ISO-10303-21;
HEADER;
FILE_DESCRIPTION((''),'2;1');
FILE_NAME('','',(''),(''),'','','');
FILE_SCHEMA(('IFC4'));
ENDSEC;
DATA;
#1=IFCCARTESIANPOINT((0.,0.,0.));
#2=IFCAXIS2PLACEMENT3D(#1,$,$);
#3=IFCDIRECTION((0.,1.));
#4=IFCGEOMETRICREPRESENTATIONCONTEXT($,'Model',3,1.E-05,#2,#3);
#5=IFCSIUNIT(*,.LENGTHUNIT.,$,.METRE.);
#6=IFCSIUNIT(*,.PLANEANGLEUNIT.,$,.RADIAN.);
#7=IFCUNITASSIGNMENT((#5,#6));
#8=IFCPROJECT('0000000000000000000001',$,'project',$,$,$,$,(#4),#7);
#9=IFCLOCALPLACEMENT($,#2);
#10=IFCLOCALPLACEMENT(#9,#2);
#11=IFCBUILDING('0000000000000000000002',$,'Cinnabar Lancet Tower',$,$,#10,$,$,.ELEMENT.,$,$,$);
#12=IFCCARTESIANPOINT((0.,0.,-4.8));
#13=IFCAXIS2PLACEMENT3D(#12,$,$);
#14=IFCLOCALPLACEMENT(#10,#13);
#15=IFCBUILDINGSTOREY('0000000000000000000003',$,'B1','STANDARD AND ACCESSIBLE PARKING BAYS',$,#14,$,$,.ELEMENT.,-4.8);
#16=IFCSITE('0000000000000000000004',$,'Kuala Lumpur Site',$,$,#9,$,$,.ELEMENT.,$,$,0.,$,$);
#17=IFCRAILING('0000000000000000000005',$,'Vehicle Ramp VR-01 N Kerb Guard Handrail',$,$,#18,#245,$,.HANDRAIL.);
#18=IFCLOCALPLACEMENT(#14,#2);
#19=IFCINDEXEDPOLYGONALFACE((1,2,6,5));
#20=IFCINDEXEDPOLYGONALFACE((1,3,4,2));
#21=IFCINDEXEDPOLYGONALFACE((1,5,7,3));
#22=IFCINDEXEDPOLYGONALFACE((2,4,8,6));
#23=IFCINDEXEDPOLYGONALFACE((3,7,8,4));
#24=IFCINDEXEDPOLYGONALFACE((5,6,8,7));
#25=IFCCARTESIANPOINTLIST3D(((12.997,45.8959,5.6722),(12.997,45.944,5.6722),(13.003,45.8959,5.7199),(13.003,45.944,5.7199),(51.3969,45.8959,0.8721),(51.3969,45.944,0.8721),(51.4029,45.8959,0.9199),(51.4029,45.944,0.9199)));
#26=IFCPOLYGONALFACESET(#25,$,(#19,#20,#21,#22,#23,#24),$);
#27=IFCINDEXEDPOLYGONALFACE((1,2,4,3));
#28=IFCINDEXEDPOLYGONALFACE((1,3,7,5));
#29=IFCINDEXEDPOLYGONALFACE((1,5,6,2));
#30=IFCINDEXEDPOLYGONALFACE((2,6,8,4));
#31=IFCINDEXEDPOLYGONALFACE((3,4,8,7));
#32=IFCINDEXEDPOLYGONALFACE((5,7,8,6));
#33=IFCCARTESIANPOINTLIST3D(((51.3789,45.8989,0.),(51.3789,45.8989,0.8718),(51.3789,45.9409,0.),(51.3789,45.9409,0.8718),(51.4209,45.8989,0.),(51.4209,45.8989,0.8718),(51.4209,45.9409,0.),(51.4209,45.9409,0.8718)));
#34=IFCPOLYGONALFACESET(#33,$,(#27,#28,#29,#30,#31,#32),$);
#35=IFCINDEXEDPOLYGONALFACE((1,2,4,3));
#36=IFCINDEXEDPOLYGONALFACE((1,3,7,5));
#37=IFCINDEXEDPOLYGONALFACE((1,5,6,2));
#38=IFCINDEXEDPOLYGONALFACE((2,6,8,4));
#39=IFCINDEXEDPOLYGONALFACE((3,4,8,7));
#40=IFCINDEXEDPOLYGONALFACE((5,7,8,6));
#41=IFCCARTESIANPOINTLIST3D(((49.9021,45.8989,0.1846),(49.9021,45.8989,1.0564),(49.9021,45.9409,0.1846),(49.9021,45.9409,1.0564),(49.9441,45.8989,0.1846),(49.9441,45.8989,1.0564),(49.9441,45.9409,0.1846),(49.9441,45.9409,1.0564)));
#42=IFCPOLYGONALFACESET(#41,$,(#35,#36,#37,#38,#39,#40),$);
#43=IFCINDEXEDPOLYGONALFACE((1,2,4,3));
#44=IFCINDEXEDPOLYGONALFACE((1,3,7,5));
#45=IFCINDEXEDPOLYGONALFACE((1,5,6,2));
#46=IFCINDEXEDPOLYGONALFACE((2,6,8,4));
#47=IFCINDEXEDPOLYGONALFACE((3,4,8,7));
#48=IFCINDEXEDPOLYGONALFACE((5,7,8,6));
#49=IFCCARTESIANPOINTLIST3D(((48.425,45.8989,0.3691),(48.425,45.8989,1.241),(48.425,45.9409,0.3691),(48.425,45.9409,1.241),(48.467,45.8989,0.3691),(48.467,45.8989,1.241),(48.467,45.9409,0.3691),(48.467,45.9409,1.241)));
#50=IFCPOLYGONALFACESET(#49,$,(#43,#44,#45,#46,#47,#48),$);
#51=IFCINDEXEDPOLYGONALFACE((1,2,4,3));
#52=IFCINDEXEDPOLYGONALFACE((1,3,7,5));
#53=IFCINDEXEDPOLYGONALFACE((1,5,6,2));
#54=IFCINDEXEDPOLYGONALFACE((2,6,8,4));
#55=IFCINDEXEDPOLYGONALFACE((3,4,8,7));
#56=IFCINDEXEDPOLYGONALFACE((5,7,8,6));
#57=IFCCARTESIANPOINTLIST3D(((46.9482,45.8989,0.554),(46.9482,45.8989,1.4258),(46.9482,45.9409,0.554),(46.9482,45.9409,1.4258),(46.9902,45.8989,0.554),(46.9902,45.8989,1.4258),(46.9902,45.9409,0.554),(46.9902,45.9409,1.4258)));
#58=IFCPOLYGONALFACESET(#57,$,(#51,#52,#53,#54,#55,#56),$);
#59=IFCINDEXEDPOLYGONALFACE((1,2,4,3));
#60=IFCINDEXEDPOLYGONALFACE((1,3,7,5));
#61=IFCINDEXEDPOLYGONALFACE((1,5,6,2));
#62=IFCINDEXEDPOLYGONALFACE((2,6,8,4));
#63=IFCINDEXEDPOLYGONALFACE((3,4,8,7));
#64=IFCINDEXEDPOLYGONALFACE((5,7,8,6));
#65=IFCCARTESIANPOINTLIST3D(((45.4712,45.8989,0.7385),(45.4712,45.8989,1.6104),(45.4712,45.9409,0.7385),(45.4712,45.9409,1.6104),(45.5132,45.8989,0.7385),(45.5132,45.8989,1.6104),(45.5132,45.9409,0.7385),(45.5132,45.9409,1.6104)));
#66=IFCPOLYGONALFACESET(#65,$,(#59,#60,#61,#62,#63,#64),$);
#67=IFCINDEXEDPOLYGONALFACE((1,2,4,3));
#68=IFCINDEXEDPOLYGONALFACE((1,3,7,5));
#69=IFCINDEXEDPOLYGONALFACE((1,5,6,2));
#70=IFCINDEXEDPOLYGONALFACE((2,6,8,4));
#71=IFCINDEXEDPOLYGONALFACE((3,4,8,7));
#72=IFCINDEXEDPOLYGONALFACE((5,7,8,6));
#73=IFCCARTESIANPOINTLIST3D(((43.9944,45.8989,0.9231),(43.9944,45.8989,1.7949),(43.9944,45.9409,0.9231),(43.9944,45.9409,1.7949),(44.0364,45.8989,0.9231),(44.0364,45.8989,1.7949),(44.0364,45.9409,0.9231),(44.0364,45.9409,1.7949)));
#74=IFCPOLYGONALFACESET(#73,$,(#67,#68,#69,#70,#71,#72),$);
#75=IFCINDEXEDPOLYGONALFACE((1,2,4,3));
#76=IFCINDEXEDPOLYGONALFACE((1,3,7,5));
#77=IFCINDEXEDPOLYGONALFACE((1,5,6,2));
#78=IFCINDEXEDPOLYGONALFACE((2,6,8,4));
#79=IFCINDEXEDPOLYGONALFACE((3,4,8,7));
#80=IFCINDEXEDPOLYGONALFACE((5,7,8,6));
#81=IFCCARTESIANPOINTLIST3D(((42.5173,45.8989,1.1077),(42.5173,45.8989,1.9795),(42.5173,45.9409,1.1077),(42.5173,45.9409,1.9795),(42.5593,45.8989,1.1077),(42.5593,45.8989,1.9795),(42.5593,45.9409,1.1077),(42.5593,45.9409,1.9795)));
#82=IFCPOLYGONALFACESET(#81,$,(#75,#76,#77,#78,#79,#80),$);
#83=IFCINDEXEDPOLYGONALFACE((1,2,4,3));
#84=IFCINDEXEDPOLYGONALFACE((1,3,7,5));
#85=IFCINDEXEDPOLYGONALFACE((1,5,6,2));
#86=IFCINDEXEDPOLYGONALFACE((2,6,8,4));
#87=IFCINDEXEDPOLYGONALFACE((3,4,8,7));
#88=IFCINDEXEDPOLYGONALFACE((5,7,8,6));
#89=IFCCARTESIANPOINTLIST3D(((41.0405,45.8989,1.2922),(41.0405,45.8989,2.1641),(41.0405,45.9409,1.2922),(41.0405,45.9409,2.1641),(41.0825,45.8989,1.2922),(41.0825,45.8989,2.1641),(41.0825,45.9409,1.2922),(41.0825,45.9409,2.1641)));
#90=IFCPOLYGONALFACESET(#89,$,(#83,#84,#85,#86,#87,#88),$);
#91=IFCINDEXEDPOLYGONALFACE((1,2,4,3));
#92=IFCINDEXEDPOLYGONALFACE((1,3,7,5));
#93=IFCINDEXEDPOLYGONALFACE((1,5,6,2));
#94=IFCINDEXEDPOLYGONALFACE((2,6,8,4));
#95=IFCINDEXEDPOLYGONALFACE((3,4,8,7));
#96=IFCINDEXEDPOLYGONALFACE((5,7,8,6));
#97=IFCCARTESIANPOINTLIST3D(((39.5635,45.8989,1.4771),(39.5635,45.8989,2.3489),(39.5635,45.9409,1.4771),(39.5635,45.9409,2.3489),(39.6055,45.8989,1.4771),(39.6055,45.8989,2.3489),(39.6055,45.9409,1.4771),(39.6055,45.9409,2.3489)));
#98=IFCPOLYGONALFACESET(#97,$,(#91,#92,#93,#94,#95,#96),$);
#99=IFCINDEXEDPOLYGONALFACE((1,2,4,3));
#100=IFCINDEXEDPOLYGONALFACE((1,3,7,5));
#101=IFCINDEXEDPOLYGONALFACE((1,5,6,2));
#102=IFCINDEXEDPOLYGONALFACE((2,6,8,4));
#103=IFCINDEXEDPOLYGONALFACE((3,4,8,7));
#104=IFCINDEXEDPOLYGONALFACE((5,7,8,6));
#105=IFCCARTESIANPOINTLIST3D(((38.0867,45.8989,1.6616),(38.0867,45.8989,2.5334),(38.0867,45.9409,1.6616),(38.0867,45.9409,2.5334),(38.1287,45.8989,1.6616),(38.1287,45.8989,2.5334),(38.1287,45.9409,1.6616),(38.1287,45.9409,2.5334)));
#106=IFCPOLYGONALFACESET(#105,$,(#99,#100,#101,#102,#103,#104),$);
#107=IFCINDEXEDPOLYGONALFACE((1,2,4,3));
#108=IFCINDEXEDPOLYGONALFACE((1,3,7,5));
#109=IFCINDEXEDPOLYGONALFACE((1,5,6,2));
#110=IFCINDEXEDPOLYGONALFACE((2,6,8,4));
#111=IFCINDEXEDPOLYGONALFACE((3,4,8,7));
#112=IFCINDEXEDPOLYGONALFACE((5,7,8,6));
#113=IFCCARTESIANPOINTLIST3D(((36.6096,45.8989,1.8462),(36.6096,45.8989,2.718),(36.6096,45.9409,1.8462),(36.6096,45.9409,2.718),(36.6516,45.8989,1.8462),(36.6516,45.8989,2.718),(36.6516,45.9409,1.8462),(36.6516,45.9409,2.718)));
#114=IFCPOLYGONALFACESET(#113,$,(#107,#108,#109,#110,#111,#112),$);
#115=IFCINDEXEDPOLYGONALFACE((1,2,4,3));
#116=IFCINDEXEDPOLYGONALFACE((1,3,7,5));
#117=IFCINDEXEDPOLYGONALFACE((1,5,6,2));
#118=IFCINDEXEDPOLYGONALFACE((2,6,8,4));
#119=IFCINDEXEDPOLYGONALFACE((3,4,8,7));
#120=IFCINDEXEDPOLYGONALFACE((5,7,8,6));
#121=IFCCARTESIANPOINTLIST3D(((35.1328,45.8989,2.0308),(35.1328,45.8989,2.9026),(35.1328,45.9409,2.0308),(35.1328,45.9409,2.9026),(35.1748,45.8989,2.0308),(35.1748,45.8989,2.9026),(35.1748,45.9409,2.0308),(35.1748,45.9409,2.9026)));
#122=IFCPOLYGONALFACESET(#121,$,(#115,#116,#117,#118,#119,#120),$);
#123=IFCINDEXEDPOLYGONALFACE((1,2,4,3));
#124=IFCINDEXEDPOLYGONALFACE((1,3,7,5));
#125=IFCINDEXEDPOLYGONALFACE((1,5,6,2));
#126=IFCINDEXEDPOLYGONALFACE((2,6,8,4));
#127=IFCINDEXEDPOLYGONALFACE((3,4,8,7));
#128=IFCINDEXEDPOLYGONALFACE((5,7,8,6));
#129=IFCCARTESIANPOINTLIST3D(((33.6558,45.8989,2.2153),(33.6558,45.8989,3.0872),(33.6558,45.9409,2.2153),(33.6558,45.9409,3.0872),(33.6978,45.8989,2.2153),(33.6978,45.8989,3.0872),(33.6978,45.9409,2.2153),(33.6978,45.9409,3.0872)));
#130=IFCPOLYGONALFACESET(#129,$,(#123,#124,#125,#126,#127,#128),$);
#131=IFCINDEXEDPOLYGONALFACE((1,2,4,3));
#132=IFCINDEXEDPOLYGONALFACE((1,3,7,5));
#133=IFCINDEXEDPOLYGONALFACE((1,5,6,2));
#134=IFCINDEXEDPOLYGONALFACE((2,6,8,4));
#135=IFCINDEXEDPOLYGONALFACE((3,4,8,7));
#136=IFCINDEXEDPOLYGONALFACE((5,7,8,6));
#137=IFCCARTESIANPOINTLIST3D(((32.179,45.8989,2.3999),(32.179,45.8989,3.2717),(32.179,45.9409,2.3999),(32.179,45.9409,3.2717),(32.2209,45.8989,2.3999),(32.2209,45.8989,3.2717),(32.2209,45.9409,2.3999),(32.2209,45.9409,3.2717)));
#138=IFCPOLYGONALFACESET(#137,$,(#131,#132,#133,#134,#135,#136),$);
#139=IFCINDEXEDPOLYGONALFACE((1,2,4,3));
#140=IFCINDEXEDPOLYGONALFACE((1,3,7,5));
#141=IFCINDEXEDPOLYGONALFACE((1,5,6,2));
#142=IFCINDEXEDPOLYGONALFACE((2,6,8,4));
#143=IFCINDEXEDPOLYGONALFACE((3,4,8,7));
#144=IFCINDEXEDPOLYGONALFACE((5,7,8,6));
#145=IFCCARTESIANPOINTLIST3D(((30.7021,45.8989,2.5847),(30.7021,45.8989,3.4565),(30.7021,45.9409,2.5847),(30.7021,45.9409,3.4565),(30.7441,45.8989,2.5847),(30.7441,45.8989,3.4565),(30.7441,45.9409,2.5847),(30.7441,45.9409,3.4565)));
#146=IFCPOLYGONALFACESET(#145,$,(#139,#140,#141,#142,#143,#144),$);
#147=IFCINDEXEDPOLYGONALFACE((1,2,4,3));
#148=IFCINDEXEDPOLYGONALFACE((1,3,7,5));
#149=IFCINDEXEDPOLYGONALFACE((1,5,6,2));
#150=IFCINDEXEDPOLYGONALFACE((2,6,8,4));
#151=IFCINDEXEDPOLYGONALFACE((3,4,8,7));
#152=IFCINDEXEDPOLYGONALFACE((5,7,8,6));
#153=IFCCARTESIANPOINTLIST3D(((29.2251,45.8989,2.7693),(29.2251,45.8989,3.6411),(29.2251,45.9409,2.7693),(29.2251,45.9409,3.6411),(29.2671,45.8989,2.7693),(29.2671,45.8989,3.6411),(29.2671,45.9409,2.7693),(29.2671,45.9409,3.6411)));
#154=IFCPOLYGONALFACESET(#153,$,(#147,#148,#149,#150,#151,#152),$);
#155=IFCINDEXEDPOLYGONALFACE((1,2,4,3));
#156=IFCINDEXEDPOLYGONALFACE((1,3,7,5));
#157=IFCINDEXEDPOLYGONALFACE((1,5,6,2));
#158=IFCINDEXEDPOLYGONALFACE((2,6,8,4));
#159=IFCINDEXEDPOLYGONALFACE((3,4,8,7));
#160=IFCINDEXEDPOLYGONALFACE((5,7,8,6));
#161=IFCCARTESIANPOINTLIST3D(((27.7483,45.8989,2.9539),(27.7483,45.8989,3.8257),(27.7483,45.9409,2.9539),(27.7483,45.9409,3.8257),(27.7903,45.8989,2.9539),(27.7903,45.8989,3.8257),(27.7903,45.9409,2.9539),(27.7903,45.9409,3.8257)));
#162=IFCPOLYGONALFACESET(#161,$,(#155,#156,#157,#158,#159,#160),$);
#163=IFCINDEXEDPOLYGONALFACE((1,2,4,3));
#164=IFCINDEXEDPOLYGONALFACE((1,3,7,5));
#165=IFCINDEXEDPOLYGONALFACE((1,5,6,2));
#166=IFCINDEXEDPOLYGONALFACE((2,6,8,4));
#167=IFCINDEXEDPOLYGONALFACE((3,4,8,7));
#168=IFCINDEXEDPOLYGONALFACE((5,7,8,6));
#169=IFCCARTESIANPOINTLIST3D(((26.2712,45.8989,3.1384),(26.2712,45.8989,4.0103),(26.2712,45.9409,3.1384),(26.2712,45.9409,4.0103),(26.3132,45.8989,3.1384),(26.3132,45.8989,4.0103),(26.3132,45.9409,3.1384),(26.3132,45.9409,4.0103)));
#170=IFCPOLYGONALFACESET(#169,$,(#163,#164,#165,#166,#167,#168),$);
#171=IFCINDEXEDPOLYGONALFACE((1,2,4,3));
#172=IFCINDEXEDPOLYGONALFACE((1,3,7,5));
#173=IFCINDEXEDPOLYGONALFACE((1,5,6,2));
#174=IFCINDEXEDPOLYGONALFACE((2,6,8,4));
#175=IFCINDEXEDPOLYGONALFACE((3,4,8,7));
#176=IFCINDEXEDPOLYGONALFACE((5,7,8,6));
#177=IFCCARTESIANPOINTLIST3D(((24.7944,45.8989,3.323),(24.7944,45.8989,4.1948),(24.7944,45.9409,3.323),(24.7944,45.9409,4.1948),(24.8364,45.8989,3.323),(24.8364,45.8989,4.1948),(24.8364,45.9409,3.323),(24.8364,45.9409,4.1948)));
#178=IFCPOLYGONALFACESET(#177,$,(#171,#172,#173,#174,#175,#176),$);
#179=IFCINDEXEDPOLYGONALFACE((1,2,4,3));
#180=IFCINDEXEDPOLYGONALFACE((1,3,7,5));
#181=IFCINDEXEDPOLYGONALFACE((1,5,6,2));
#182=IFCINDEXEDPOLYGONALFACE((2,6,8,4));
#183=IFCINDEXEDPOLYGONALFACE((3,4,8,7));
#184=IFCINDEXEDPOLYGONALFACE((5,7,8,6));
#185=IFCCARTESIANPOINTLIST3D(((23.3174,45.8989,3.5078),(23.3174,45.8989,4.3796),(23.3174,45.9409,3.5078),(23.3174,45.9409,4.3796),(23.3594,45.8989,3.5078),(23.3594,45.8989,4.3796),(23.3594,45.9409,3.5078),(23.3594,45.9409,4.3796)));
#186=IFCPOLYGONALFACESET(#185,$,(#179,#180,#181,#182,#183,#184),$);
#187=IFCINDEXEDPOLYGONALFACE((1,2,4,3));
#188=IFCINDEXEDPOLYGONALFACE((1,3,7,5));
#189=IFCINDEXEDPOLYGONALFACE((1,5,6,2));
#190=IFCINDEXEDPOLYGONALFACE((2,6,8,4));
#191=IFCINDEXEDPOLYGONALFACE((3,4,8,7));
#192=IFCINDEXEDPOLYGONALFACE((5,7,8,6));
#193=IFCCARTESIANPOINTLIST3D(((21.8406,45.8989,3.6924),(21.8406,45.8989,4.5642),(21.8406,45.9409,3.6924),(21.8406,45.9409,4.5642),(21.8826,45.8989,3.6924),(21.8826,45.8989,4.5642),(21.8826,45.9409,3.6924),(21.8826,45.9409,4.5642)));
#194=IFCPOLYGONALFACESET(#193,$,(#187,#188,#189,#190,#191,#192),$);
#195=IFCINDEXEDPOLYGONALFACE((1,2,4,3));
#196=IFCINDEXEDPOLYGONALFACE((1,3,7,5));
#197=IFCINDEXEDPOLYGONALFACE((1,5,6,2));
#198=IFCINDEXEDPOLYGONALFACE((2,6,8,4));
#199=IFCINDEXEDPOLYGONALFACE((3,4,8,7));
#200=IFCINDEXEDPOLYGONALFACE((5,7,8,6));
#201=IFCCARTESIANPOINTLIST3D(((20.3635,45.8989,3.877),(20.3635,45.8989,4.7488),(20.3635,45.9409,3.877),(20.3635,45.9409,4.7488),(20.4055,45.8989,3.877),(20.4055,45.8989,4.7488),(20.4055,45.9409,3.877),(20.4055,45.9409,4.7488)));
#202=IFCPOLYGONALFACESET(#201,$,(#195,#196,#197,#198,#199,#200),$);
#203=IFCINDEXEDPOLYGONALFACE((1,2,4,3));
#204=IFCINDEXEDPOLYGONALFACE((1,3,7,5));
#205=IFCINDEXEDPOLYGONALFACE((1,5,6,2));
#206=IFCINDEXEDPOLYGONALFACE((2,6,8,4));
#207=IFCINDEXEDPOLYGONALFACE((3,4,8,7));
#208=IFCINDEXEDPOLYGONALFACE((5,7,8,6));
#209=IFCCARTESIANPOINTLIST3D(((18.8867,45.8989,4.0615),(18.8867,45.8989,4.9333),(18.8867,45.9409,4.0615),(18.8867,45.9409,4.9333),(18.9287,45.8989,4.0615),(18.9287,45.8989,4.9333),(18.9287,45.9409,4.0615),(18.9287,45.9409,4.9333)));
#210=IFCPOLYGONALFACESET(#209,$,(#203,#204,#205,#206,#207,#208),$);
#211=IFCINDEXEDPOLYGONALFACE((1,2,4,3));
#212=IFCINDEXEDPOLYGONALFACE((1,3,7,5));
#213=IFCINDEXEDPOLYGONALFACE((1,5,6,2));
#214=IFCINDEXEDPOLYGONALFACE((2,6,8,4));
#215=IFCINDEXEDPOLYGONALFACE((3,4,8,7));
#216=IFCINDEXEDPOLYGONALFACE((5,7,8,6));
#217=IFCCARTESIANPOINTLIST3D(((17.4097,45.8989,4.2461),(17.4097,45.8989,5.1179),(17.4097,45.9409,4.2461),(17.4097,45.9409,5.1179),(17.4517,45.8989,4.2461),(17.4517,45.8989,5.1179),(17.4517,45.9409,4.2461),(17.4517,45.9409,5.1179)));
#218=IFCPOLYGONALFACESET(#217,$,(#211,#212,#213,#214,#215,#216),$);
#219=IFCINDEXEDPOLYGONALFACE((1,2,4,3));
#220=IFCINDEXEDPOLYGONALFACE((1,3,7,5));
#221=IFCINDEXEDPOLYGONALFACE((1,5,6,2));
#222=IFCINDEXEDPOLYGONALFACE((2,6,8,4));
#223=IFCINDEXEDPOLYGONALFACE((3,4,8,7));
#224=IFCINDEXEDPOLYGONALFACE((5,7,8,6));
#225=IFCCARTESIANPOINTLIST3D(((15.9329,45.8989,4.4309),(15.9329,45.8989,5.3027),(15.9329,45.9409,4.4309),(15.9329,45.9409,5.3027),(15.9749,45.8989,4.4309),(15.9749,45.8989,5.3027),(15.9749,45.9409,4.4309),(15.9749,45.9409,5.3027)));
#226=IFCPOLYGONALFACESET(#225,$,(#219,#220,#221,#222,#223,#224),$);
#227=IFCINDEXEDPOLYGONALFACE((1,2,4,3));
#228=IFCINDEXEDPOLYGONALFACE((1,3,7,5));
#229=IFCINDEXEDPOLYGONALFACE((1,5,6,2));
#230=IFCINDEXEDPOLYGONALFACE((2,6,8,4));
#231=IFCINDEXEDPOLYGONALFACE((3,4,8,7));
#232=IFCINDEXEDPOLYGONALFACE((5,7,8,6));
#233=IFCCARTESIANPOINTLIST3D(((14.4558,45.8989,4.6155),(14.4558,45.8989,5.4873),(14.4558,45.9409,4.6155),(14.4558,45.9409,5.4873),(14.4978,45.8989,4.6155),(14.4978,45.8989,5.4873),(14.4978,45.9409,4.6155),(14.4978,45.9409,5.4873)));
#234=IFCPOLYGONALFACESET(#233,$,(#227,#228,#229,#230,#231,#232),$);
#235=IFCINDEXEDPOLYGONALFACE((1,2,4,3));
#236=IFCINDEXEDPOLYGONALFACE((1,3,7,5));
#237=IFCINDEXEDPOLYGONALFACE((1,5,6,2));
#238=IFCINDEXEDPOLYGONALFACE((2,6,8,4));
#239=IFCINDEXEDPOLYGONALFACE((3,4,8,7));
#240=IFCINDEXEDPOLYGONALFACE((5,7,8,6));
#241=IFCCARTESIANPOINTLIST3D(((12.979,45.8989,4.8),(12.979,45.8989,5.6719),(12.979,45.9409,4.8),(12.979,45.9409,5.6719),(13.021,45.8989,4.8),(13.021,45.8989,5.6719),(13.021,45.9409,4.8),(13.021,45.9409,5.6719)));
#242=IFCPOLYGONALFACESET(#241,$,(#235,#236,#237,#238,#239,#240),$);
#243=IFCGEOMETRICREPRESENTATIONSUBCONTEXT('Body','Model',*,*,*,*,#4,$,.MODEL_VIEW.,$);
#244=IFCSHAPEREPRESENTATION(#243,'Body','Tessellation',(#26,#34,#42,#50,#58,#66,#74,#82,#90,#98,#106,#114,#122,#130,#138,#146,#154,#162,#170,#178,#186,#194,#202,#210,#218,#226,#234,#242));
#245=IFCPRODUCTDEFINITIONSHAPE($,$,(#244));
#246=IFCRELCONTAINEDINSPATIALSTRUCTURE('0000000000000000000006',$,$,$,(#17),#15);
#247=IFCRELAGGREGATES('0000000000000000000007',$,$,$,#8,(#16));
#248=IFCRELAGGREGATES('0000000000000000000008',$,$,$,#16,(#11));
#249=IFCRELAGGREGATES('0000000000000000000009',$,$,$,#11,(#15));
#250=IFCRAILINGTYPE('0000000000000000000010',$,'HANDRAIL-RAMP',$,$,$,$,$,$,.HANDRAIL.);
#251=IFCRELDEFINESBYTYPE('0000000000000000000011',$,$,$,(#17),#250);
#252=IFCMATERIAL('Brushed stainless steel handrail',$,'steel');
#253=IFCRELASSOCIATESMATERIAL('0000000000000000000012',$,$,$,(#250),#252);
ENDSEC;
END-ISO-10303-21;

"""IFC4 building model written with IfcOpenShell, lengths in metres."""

from ifc_helpers import new_model, si_unit, direction, frame, origin, origin_2d, place, context, subcontext, project, spatial, rectangle, extrude, material, type_object, element, save


model = new_model("IFC4")

# Units and contexts
model_context = context("Model", 3, precision=1e-05, world=origin(), true_north=direction((0.0, 1.0)))
body_context = subcontext(model_context, "Body", "Model", "MODEL_VIEW")
ifc_project = project(units=[si_unit("LENGTHUNIT", "METRE"), si_unit("PLANEANGLEUNIT", "RADIAN")], contexts=[model_context])

# Site, building, storey
site_placement = place(None, origin())
site = spatial("IfcSite", under=ifc_project, at=site_placement, Name="Kuala Lumpur Site", CompositionType="ELEMENT", RefElevation=0.0)
building_placement = place(site_placement, origin())
building = spatial("IfcBuilding", under=site, at=building_placement, Name="Cinnabar Lancet Tower", CompositionType="ELEMENT")
storey_placement = place(building_placement, frame((0.0, 0.0, -4.8)))
storey = spatial("IfcBuildingStorey", under=building, at=storey_placement, Name="B1", Description="STANDARD AND ACCESSIBLE PARKING BAYS", CompositionType="ELEMENT", Elevation=-4.8)

# Railing
ifc_material_1 = material(Name="Brushed stainless steel handrail", Category="steel")
railing_type = type_object("IfcRailingType", Name="HANDRAIL-RAMP", PredefinedType="HANDRAIL", material=ifc_material_1)
railing_1_placement = place(storey_placement, frame((51.3999, 45.9199, 0.0)))
element("IfcRailing", 1, at=railing_1_placement, inside=storey, type_object=railing_type, Name="Vehicle Ramp VR-01 N Kerb Guard Handrail", PredefinedType="HANDRAIL", context=body_context, shape_type="SweptSolid", body=[
    extrude(rectangle(XDim=0.0481, YDim=0.0481, at=origin_2d()), frame((0.0, 0.0, 0.896), z_axis=(-0.992278, 0.0, 0.124036), x_axis=(0.0, -1.0, 0.0)), (0.0, 0.0, 1.0), 38.6987),
    extrude(rectangle(XDim=0.042, YDim=0.042, at=origin_2d()), origin(), (0.0, 0.0, 1.0), 0.8718),
    extrude(rectangle(XDim=0.042, YDim=0.042, at=origin_2d()), frame((-1.4768, 0.0, 0.1846)), (0.0, 0.0, 1.0), 0.8718),
    extrude(rectangle(XDim=0.042, YDim=0.042, at=origin_2d()), frame((-2.9539, 0.0, 0.3691)), (0.0, 0.0, 1.0), 0.8718),
    extrude(rectangle(XDim=0.042, YDim=0.042, at=origin_2d()), frame((-4.4307, 0.0, 0.554)), (0.0, 0.0, 1.0), 0.8718),
    extrude(rectangle(XDim=0.042, YDim=0.042, at=origin_2d()), frame((-5.9077, 0.0, 0.7385)), (0.0, 0.0, 1.0), 0.8718),
    extrude(rectangle(XDim=0.042, YDim=0.042, at=origin_2d()), frame((-7.3845, 0.0, 0.9231)), (0.0, 0.0, 1.0), 0.8718),
    extrude(rectangle(XDim=0.042, YDim=0.042, at=origin_2d()), frame((-8.8616, 0.0, 1.1077)), (0.0, 0.0, 1.0), 0.8718),
    extrude(rectangle(XDim=0.042, YDim=0.042, at=origin_2d()), frame((-10.3384, 0.0, 1.2922)), (0.0, 0.0, 1.0), 0.8718),
    extrude(rectangle(XDim=0.042, YDim=0.042, at=origin_2d()), frame((-11.8154, 0.0, 1.4771)), (0.0, 0.0, 1.0), 0.8718),
    extrude(rectangle(XDim=0.042, YDim=0.042, at=origin_2d()), frame((-13.2922, 0.0, 1.6616)), (0.0, 0.0, 1.0), 0.8718),
    extrude(rectangle(XDim=0.042, YDim=0.042, at=origin_2d()), frame((-14.7693, 0.0, 1.8462)), (0.0, 0.0, 1.0), 0.8718),
    extrude(rectangle(XDim=0.042, YDim=0.042, at=origin_2d()), frame((-16.2461, 0.0, 2.0308)), (0.0, 0.0, 1.0), 0.8718),
    extrude(rectangle(XDim=0.042, YDim=0.042, at=origin_2d()), frame((-17.7231, 0.0, 2.2153)), (0.0, 0.0, 1.0), 0.8718),
    extrude(rectangle(XDim=0.042, YDim=0.042, at=origin_2d()), frame((-19.2, 0.0, 2.3999)), (0.0, 0.0, 1.0), 0.8718),
    extrude(rectangle(XDim=0.042, YDim=0.042, at=origin_2d()), frame((-20.6768, 0.0, 2.5847)), (0.0, 0.0, 1.0), 0.8718),
    extrude(rectangle(XDim=0.042, YDim=0.042, at=origin_2d()), frame((-22.1538, 0.0, 2.7693)), (0.0, 0.0, 1.0), 0.8718),
    extrude(rectangle(XDim=0.042, YDim=0.042, at=origin_2d()), frame((-23.6306, 0.0, 2.9539)), (0.0, 0.0, 1.0), 0.8718),
    extrude(rectangle(XDim=0.042, YDim=0.042, at=origin_2d()), frame((-25.1077, 0.0, 3.1384)), (0.0, 0.0, 1.0), 0.8718),
    extrude(rectangle(XDim=0.042, YDim=0.042, at=origin_2d()), frame((-26.5845, 0.0, 3.323)), (0.0, 0.0, 1.0), 0.8718),
    extrude(rectangle(XDim=0.042, YDim=0.042, at=origin_2d()), frame((-28.0615, 0.0, 3.5078)), (0.0, 0.0, 1.0), 0.8718),
    extrude(rectangle(XDim=0.042, YDim=0.042, at=origin_2d()), frame((-29.5383, 0.0, 3.6924)), (0.0, 0.0, 1.0), 0.8718),
    extrude(rectangle(XDim=0.042, YDim=0.042, at=origin_2d()), frame((-31.0154, 0.0, 3.877)), (0.0, 0.0, 1.0), 0.8718),
    extrude(rectangle(XDim=0.042, YDim=0.042, at=origin_2d()), frame((-32.4922, 0.0, 4.0615)), (0.0, 0.0, 1.0), 0.8718),
    extrude(rectangle(XDim=0.042, YDim=0.042, at=origin_2d()), frame((-33.9692, 0.0, 4.2461)), (0.0, 0.0, 1.0), 0.8718),
    extrude(rectangle(XDim=0.042, YDim=0.042, at=origin_2d()), frame((-35.446, 0.0, 4.4309)), (0.0, 0.0, 1.0), 0.8718),
    extrude(rectangle(XDim=0.042, YDim=0.042, at=origin_2d()), frame((-36.9231, 0.0, 4.6155)), (0.0, 0.0, 1.0), 0.8718),
    extrude(rectangle(XDim=0.042, YDim=0.042, at=origin_2d()), frame((-38.3999, 0.0, 4.8)), (0.0, 0.0, 1.0), 0.8718),
])

save(model, "model.ifc")
